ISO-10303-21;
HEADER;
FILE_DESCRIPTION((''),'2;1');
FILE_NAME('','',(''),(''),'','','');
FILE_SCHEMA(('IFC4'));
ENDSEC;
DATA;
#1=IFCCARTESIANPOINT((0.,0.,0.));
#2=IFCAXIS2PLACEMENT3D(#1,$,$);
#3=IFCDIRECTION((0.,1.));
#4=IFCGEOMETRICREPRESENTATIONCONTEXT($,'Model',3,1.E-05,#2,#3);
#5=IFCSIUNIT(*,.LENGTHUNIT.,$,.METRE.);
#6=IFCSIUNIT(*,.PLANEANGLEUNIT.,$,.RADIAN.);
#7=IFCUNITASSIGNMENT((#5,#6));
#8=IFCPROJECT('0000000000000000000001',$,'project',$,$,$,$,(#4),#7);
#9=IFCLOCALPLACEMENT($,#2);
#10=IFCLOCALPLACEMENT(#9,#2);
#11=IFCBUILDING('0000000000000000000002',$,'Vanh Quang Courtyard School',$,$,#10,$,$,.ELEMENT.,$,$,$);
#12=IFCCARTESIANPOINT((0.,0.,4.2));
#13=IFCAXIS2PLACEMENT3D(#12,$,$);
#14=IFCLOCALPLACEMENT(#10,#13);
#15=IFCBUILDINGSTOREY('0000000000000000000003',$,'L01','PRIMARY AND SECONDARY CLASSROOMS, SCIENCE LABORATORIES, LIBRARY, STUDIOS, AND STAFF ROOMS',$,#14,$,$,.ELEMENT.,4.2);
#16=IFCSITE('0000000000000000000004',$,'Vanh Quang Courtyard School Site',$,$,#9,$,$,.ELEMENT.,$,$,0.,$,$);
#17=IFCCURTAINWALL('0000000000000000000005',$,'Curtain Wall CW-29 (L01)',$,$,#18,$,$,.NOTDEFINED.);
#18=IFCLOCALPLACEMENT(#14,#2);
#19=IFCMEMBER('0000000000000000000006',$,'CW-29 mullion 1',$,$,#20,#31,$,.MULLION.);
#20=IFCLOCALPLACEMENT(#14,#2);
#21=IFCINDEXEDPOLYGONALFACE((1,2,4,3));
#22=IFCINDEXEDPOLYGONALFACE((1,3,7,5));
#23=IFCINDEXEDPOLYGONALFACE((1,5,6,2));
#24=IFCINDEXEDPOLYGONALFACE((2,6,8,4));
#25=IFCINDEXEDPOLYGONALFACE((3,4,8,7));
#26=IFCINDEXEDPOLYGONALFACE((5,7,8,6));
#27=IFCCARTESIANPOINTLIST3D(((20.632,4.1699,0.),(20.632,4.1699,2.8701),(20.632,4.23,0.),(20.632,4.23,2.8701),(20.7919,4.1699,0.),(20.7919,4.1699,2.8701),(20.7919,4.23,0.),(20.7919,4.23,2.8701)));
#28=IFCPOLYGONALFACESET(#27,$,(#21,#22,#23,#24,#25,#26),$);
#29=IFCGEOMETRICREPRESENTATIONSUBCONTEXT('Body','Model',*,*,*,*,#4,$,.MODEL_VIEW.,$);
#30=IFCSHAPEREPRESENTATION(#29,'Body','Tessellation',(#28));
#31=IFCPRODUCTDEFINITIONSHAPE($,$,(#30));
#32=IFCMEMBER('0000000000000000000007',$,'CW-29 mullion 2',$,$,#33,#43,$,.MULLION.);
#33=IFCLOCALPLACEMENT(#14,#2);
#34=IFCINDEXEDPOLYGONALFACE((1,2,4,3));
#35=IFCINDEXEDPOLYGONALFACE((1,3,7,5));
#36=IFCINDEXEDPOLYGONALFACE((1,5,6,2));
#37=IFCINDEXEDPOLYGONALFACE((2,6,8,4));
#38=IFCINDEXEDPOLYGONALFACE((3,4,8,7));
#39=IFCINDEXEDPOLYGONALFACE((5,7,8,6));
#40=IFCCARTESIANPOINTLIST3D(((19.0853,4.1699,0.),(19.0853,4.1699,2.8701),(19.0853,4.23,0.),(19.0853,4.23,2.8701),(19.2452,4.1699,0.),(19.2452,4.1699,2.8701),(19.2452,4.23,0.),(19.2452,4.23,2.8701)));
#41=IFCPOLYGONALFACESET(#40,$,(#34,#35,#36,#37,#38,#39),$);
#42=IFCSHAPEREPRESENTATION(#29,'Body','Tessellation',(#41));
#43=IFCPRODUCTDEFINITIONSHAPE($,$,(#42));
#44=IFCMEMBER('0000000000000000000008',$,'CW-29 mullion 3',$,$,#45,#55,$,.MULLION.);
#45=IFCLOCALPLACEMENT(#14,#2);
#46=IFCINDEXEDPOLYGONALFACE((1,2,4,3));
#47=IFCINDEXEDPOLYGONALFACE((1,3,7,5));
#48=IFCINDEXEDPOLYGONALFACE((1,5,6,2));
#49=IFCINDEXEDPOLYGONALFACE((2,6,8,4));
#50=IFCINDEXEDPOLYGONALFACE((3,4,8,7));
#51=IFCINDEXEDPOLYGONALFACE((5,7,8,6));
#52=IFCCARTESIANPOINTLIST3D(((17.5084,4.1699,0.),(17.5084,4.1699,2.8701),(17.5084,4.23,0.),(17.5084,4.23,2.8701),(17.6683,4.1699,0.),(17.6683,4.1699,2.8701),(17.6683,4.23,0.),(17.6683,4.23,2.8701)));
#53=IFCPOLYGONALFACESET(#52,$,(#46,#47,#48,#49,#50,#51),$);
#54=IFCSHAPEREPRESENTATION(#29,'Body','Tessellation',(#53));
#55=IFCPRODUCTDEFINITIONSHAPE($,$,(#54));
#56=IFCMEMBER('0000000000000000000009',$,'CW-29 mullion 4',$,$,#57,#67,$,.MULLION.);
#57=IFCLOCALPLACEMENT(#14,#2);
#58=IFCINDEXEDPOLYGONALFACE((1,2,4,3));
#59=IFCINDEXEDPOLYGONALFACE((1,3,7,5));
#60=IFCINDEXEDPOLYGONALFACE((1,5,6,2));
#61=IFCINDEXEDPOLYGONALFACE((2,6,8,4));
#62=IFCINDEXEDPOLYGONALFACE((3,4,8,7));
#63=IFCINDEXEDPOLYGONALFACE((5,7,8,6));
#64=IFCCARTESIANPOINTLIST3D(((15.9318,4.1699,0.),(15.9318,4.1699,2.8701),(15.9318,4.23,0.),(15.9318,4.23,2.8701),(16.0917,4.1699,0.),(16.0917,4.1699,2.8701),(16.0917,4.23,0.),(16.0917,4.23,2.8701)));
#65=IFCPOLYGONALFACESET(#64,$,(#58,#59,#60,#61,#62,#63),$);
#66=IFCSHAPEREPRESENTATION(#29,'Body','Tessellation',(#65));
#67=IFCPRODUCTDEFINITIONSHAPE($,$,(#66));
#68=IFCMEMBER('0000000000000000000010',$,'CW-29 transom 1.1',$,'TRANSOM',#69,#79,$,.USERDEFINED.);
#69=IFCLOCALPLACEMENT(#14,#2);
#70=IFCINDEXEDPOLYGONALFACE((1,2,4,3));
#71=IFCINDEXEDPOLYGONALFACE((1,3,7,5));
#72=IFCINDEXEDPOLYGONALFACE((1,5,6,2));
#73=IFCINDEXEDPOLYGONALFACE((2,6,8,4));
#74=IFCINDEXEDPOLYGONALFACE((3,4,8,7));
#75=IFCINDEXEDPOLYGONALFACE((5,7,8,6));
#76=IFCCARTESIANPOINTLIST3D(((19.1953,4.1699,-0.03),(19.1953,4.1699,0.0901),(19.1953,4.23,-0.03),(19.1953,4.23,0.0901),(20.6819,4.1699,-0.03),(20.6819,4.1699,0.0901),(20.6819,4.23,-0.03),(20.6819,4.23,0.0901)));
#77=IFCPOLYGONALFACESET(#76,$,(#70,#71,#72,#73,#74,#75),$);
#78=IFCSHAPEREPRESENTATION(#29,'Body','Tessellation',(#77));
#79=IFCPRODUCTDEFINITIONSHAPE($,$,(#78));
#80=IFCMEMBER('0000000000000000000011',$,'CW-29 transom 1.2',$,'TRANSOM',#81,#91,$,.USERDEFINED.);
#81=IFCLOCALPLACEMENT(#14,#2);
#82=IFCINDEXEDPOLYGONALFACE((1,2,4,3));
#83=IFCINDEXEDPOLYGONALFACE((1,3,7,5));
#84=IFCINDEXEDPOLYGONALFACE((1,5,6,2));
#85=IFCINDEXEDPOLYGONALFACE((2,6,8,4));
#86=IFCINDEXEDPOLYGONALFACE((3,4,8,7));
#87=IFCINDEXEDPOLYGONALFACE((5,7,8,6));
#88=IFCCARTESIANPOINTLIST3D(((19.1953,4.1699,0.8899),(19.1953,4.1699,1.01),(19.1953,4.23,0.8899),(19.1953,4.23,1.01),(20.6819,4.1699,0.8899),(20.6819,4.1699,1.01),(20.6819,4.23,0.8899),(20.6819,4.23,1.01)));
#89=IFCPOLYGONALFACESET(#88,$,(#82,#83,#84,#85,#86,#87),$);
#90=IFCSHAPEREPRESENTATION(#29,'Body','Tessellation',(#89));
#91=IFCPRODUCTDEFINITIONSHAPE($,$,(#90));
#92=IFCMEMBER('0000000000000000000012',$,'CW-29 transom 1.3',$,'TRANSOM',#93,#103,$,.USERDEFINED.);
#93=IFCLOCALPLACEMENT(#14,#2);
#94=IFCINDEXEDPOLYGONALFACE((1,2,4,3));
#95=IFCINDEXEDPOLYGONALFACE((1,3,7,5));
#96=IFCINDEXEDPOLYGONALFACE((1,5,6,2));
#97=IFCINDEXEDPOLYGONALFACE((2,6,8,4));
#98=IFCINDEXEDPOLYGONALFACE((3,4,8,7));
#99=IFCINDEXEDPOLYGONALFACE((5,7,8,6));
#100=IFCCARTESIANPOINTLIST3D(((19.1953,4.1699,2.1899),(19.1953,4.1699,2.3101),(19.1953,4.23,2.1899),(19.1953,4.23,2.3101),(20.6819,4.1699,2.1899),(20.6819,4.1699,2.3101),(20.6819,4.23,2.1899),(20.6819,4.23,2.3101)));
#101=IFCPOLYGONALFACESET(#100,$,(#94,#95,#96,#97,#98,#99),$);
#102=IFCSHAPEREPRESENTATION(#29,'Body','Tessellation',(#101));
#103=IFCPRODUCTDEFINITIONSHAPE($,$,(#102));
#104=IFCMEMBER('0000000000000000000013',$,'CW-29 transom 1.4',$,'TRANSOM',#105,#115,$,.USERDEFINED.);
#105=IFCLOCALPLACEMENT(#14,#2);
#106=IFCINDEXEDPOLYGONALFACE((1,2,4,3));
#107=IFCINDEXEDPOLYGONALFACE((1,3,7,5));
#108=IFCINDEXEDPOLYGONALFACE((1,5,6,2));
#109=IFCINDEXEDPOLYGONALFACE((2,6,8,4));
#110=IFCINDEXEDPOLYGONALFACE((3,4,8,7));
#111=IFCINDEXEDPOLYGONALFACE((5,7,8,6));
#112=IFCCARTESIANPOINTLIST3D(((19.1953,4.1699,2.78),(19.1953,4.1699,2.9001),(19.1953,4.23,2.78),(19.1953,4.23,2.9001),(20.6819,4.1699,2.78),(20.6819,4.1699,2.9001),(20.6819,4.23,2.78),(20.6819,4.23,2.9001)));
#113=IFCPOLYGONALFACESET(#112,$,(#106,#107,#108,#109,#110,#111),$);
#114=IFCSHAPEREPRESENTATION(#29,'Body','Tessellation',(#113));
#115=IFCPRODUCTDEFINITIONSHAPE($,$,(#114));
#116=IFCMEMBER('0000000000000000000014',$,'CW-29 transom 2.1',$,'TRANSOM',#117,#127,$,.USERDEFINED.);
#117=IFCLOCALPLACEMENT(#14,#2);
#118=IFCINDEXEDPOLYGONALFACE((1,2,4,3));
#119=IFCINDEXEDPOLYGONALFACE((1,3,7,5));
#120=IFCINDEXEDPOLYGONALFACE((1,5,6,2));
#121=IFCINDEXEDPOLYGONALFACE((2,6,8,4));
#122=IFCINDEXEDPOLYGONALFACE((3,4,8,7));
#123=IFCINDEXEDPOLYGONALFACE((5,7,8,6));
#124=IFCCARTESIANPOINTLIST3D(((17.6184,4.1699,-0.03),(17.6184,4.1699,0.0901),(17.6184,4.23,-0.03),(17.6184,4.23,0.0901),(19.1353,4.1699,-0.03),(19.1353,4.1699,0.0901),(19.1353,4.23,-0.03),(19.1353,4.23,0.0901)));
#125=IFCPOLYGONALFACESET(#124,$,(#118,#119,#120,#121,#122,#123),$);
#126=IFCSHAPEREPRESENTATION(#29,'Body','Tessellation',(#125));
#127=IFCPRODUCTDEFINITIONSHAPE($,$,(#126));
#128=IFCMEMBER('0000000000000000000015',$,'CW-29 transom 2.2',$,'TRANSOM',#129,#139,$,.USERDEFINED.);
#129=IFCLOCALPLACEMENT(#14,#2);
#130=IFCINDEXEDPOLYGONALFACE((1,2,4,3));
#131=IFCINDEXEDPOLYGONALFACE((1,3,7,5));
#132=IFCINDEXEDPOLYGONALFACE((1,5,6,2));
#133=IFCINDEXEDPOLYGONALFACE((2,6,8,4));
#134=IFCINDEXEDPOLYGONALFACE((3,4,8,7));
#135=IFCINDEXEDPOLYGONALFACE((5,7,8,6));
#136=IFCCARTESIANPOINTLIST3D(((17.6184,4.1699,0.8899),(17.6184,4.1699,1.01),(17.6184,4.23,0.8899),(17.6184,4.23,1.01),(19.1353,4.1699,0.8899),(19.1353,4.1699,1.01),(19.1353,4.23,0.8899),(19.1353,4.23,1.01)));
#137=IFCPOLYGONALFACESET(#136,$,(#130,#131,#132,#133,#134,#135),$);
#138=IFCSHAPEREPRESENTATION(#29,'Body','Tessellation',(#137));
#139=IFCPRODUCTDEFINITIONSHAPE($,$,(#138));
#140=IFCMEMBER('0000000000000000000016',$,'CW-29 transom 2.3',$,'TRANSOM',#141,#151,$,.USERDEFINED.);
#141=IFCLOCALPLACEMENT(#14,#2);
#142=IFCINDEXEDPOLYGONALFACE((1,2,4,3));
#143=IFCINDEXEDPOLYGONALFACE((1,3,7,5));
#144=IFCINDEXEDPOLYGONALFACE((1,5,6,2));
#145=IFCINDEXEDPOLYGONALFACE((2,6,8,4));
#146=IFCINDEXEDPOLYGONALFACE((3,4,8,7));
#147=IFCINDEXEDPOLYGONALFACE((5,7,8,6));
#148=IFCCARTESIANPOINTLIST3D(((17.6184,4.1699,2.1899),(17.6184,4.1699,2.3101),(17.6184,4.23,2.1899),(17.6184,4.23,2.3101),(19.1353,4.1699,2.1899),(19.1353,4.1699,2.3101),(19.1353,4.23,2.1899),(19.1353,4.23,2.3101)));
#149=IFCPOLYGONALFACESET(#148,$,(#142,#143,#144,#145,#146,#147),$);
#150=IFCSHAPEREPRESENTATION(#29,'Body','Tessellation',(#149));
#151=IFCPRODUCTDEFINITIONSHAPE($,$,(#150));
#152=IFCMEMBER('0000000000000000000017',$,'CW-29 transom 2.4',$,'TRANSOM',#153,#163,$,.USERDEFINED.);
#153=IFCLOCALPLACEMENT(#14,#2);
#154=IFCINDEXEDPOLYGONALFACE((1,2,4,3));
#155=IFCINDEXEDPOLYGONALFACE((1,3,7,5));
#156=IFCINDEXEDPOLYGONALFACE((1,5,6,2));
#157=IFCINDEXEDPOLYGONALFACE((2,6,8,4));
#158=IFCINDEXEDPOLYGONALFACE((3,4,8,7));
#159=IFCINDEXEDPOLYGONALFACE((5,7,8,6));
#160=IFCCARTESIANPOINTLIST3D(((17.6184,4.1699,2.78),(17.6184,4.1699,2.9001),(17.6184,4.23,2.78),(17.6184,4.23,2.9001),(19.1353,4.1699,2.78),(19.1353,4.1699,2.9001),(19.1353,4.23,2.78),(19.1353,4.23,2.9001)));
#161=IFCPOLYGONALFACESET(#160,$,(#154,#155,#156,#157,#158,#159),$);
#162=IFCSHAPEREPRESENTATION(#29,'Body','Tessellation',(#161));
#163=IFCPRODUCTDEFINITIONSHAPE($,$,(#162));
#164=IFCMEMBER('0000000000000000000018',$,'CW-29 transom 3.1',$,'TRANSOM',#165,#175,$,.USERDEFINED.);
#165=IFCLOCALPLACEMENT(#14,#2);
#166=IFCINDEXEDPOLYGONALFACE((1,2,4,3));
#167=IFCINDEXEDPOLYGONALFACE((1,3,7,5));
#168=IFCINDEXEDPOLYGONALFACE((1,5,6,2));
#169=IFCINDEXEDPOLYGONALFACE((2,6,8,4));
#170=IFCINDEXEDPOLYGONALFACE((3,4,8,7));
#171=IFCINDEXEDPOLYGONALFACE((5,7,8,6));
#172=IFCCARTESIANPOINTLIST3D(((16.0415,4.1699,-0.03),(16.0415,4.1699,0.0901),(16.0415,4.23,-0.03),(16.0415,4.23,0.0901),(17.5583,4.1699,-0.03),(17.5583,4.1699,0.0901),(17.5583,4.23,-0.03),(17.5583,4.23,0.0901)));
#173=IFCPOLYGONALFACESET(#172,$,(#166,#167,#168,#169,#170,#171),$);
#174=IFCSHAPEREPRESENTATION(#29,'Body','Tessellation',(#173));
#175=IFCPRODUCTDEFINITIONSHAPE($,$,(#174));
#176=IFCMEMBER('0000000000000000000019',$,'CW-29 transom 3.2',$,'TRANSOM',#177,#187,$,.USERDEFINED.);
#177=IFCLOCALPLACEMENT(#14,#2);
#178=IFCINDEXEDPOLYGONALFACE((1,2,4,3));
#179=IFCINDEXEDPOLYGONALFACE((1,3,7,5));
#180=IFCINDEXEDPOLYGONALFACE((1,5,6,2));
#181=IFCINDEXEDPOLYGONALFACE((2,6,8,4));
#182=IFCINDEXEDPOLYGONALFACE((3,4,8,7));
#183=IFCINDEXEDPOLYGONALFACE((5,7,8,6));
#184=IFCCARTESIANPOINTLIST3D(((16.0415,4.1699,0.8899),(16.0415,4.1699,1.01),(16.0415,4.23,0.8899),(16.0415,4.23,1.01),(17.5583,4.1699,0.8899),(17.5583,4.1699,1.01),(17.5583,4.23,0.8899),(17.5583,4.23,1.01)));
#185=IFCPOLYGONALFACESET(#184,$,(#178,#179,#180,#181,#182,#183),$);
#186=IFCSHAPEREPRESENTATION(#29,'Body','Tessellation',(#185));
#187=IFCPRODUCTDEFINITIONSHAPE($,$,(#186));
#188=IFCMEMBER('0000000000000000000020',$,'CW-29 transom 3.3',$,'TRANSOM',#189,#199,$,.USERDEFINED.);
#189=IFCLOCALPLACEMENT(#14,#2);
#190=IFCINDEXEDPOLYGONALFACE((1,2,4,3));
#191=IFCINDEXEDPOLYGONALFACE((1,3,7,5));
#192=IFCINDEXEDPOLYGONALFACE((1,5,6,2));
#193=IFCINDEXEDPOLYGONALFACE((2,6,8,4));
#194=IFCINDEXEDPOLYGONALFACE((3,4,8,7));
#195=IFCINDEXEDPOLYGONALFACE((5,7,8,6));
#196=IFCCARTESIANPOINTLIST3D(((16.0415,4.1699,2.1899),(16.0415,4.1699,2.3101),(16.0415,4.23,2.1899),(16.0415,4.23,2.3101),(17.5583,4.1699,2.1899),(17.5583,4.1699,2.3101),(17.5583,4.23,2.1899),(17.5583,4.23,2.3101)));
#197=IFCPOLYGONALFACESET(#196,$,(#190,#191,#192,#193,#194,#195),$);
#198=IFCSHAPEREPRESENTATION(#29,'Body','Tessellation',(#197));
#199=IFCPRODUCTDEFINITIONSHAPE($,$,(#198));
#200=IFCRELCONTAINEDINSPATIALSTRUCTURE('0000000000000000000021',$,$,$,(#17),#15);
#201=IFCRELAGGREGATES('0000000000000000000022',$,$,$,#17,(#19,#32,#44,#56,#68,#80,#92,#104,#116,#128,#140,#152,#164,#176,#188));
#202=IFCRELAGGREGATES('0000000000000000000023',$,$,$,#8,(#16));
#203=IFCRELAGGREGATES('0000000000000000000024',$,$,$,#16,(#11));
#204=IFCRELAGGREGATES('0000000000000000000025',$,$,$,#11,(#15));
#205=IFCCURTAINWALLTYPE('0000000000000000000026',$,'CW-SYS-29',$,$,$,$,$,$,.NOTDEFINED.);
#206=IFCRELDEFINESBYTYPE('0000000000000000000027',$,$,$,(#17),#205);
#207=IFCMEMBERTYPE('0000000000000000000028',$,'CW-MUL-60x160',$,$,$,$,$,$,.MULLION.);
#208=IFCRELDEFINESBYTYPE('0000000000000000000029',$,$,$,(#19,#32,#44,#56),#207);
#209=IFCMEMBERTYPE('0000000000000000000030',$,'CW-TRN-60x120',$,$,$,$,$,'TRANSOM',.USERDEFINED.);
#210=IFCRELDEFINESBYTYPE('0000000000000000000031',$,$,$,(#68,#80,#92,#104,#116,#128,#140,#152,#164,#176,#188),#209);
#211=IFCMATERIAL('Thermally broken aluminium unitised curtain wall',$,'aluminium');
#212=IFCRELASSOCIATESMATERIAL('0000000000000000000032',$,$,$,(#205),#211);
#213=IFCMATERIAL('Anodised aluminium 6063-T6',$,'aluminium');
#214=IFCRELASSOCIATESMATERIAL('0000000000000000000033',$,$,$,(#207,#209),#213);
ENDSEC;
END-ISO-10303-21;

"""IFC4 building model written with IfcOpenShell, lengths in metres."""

from ifc_helpers import new_model, si_unit, direction, frame, origin, origin_2d, place, context, subcontext, project, spatial, rectangle, extrude, material, material_profile, profile_set, type_object, element, aggregate, save


model = new_model("IFC4")

# Units and contexts
model_context = context("Model", 3, precision=1e-05, world=origin(), true_north=direction((0.0, 1.0)))
body_context = subcontext(model_context, "Body", "Model", "MODEL_VIEW")
ifc_project = project(units=[si_unit("LENGTHUNIT", "METRE"), si_unit("PLANEANGLEUNIT", "RADIAN")], contexts=[model_context])

# Site, building, storey
site_placement = place(None, origin())
site = spatial("IfcSite", under=ifc_project, at=site_placement, Name="Vanh Quang Courtyard School Site", CompositionType="ELEMENT", RefElevation=0.0)
building_placement = place(site_placement, origin())
building = spatial("IfcBuilding", under=site, at=building_placement, Name="Vanh Quang Courtyard School", CompositionType="ELEMENT")
storey_placement = place(building_placement, frame((0.0, 0.0, 4.2)))
storey = spatial("IfcBuildingStorey", under=building, at=storey_placement, Name="L01", Description="PRIMARY AND SECONDARY CLASSROOMS, SCIENCE LABORATORIES, LIBRARY, STUDIOS, AND STAFF ROOMS", CompositionType="ELEMENT", Elevation=4.2)

# Curtain wall, members
ifc_material_1 = material(Name="Thermally broken aluminium unitised curtain wall", Category="aluminium")
curtain_wall_type = type_object("IfcCurtainWallType", Name="CW-SYS-29", PredefinedType="NOTDEFINED", material=ifc_material_1)
curtain_wall_placement = place(storey_placement, origin())
curtain_wall = element("IfcCurtainWall", 1, at=curtain_wall_placement, inside=storey, type_object=curtain_wall_type, Name="Curtain Wall CW-29 (L01)", PredefinedType="NOTDEFINED")
ifc_material_2 = material(Name="Anodised aluminium 6063-T6", Category="aluminium")
ifc_material_profile_1 = material_profile(ifc_material_2, rectangle(XDim=0.0601, YDim=0.1599, at=origin_2d()), Name="ALU-MUL 60x160")
ifc_profile_set_1 = profile_set([ifc_material_profile_1], Name="Anodised aluminium 6063-T6")
member_type_1 = type_object("IfcMemberType", Name="CW-MUL-60x160", PredefinedType="MULLION", material=ifc_profile_set_1)
member_1_placement = place(storey_placement, frame((20.7119, 4.2, 0.0), z_axis=(0.0, 0.0, 1.0), x_axis=(0.0, -1.0, 0.0)))
member_1 = element("IfcMember", 2, at=member_1_placement, type_object=member_type_1, Name="CW-29 mullion 1", PredefinedType="MULLION", context=body_context, shape_type="SweptSolid", body=[
    extrude(rectangle(XDim=0.0601, YDim=0.1599, at=origin_2d()), origin(), (0.0, 0.0, 1.0), 2.8701),
])
member_2_placement = place(storey_placement, frame((19.1653, 4.2, 0.0), z_axis=(0.0, 0.0, 1.0), x_axis=(0.0, -1.0, 0.0)))
member_2 = element("IfcMember", 3, at=member_2_placement, type_object=member_type_1, Name="CW-29 mullion 2", PredefinedType="MULLION", context=body_context, shape_type="SweptSolid", body=[
    extrude(rectangle(XDim=0.0601, YDim=0.1599, at=origin_2d()), origin(), (0.0, 0.0, 1.0), 2.8701),
])
member_3_placement = place(storey_placement, frame((17.5884, 4.2, 0.0), z_axis=(0.0, 0.0, 1.0), x_axis=(0.0, -1.0, 0.0)))
member_3 = element("IfcMember", 4, at=member_3_placement, type_object=member_type_1, Name="CW-29 mullion 3", PredefinedType="MULLION", context=body_context, shape_type="SweptSolid", body=[
    extrude(rectangle(XDim=0.0601, YDim=0.1599, at=origin_2d()), origin(), (0.0, 0.0, 1.0), 2.8701),
])
member_4_placement = place(storey_placement, frame((16.0117, 4.2, 0.0), z_axis=(0.0, 0.0, 1.0), x_axis=(0.0, -1.0, 0.0)))
member_4 = element("IfcMember", 5, at=member_4_placement, type_object=member_type_1, Name="CW-29 mullion 4", PredefinedType="MULLION", context=body_context, shape_type="SweptSolid", body=[
    extrude(rectangle(XDim=0.0601, YDim=0.1599, at=origin_2d()), origin(), (0.0, 0.0, 1.0), 2.8701),
])
ifc_material_profile_2 = material_profile(ifc_material_2, rectangle(XDim=0.0601, YDim=0.1201, at=origin_2d()), Name="ALU-TRN 60x120")
ifc_profile_set_2 = profile_set([ifc_material_profile_2], Name="Anodised aluminium 6063-T6")
member_type_2 = type_object("IfcMemberType", Name="CW-TRN-60x120", ElementType="TRANSOM", PredefinedType="USERDEFINED", material=ifc_profile_set_2)
member_5_placement = place(storey_placement, frame((20.6819, 4.2, 0.03), z_axis=(-1.0, 0.0, 0.0), x_axis=(0.0, -1.0, 0.0)))
member_5 = element("IfcMember", 6, at=member_5_placement, type_object=member_type_2, Name="CW-29 transom 1.1", ObjectType="TRANSOM", PredefinedType="USERDEFINED", context=body_context, shape_type="SweptSolid", body=[
    extrude(rectangle(XDim=0.0601, YDim=0.1201, at=origin_2d()), origin(), (0.0, 0.0, 1.0), 1.4866),
])
member_6_placement = place(storey_placement, frame((20.6819, 4.2, 0.95), z_axis=(-1.0, 0.0, 0.0), x_axis=(0.0, -1.0, 0.0)))
member_6 = element("IfcMember", 7, at=member_6_placement, type_object=member_type_2, Name="CW-29 transom 1.2", ObjectType="TRANSOM", PredefinedType="USERDEFINED", context=body_context, shape_type="SweptSolid", body=[
    extrude(rectangle(XDim=0.0601, YDim=0.1201, at=origin_2d()), origin(), (0.0, 0.0, 1.0), 1.4866),
])
member_7_placement = place(storey_placement, frame((20.6819, 4.2, 2.25), z_axis=(-1.0, 0.0, 0.0), x_axis=(0.0, -1.0, 0.0)))
member_7 = element("IfcMember", 8, at=member_7_placement, type_object=member_type_2, Name="CW-29 transom 1.3", ObjectType="TRANSOM", PredefinedType="USERDEFINED", context=body_context, shape_type="SweptSolid", body=[
    extrude(rectangle(XDim=0.0601, YDim=0.1201, at=origin_2d()), origin(), (0.0, 0.0, 1.0), 1.4866),
])
member_8_placement = place(storey_placement, frame((20.6819, 4.2, 2.8401), z_axis=(-1.0, 0.0, 0.0), x_axis=(0.0, -1.0, 0.0)))
member_8 = element("IfcMember", 9, at=member_8_placement, type_object=member_type_2, Name="CW-29 transom 1.4", ObjectType="TRANSOM", PredefinedType="USERDEFINED", context=body_context, shape_type="SweptSolid", body=[
    extrude(rectangle(XDim=0.0601, YDim=0.1201, at=origin_2d()), origin(), (0.0, 0.0, 1.0), 1.4866),
])
member_9_placement = place(storey_placement, frame((19.1353, 4.2, 0.03), z_axis=(-1.0, 0.0, 0.0), x_axis=(0.0, -1.0, 0.0)))
member_9 = element("IfcMember", 10, at=member_9_placement, type_object=member_type_2, Name="CW-29 transom 2.1", ObjectType="TRANSOM", PredefinedType="USERDEFINED", context=body_context, shape_type="SweptSolid", body=[
    extrude(rectangle(XDim=0.0601, YDim=0.1201, at=origin_2d()), origin(), (0.0, 0.0, 1.0), 1.5168),
])
member_10_placement = place(storey_placement, frame((19.1353, 4.2, 0.95), z_axis=(-1.0, 0.0, 0.0), x_axis=(0.0, -1.0, 0.0)))
member_10 = element("IfcMember", 11, at=member_10_placement, type_object=member_type_2, Name="CW-29 transom 2.2", ObjectType="TRANSOM", PredefinedType="USERDEFINED", context=body_context, shape_type="SweptSolid", body=[
    extrude(rectangle(XDim=0.0601, YDim=0.1201, at=origin_2d()), origin(), (0.0, 0.0, 1.0), 1.5168),
])
member_11_placement = place(storey_placement, frame((19.1353, 4.2, 2.25), z_axis=(-1.0, 0.0, 0.0), x_axis=(0.0, -1.0, 0.0)))
member_11 = element("IfcMember", 12, at=member_11_placement, type_object=member_type_2, Name="CW-29 transom 2.3", ObjectType="TRANSOM", PredefinedType="USERDEFINED", context=body_context, shape_type="SweptSolid", body=[
    extrude(rectangle(XDim=0.0601, YDim=0.1201, at=origin_2d()), origin(), (0.0, 0.0, 1.0), 1.5168),
])
member_12_placement = place(storey_placement, frame((19.1353, 4.2, 2.8401), z_axis=(-1.0, 0.0, 0.0), x_axis=(0.0, -1.0, 0.0)))
member_12 = element("IfcMember", 13, at=member_12_placement, type_object=member_type_2, Name="CW-29 transom 2.4", ObjectType="TRANSOM", PredefinedType="USERDEFINED", context=body_context, shape_type="SweptSolid", body=[
    extrude(rectangle(XDim=0.0601, YDim=0.1201, at=origin_2d()), origin(), (0.0, 0.0, 1.0), 1.5168),
])
member_13_placement = place(storey_placement, frame((17.5583, 4.2, 0.03), z_axis=(-1.0, 0.0, 0.0), x_axis=(0.0, -1.0, 0.0)))
member_13 = element("IfcMember", 14, at=member_13_placement, type_object=member_type_2, Name="CW-29 transom 3.1", ObjectType="TRANSOM", PredefinedType="USERDEFINED", context=body_context, shape_type="SweptSolid", body=[
    extrude(rectangle(XDim=0.0601, YDim=0.1201, at=origin_2d()), origin(), (0.0, 0.0, 1.0), 1.5168),
])
member_14_placement = place(storey_placement, frame((17.5583, 4.2, 0.95), z_axis=(-1.0, 0.0, 0.0), x_axis=(0.0, -1.0, 0.0)))
member_14 = element("IfcMember", 15, at=member_14_placement, type_object=member_type_2, Name="CW-29 transom 3.2", ObjectType="TRANSOM", PredefinedType="USERDEFINED", context=body_context, shape_type="SweptSolid", body=[
    extrude(rectangle(XDim=0.0601, YDim=0.1201, at=origin_2d()), origin(), (0.0, 0.0, 1.0), 1.5168),
])
member_15_placement = place(storey_placement, frame((17.5583, 4.2, 2.25), z_axis=(-1.0, 0.0, 0.0), x_axis=(0.0, -1.0, 0.0)))
member_15 = element("IfcMember", 16, at=member_15_placement, type_object=member_type_2, Name="CW-29 transom 3.3", ObjectType="TRANSOM", PredefinedType="USERDEFINED", context=body_context, shape_type="SweptSolid", body=[
    extrude(rectangle(XDim=0.0601, YDim=0.1201, at=origin_2d()), origin(), (0.0, 0.0, 1.0), 1.5168),
])
aggregate(curtain_wall, [member_1, member_2, member_3, member_4, member_5, member_6, member_7, member_8, member_9, member_10, member_11, member_12, member_13, member_14, member_15])

save(model, "model.ifc")
